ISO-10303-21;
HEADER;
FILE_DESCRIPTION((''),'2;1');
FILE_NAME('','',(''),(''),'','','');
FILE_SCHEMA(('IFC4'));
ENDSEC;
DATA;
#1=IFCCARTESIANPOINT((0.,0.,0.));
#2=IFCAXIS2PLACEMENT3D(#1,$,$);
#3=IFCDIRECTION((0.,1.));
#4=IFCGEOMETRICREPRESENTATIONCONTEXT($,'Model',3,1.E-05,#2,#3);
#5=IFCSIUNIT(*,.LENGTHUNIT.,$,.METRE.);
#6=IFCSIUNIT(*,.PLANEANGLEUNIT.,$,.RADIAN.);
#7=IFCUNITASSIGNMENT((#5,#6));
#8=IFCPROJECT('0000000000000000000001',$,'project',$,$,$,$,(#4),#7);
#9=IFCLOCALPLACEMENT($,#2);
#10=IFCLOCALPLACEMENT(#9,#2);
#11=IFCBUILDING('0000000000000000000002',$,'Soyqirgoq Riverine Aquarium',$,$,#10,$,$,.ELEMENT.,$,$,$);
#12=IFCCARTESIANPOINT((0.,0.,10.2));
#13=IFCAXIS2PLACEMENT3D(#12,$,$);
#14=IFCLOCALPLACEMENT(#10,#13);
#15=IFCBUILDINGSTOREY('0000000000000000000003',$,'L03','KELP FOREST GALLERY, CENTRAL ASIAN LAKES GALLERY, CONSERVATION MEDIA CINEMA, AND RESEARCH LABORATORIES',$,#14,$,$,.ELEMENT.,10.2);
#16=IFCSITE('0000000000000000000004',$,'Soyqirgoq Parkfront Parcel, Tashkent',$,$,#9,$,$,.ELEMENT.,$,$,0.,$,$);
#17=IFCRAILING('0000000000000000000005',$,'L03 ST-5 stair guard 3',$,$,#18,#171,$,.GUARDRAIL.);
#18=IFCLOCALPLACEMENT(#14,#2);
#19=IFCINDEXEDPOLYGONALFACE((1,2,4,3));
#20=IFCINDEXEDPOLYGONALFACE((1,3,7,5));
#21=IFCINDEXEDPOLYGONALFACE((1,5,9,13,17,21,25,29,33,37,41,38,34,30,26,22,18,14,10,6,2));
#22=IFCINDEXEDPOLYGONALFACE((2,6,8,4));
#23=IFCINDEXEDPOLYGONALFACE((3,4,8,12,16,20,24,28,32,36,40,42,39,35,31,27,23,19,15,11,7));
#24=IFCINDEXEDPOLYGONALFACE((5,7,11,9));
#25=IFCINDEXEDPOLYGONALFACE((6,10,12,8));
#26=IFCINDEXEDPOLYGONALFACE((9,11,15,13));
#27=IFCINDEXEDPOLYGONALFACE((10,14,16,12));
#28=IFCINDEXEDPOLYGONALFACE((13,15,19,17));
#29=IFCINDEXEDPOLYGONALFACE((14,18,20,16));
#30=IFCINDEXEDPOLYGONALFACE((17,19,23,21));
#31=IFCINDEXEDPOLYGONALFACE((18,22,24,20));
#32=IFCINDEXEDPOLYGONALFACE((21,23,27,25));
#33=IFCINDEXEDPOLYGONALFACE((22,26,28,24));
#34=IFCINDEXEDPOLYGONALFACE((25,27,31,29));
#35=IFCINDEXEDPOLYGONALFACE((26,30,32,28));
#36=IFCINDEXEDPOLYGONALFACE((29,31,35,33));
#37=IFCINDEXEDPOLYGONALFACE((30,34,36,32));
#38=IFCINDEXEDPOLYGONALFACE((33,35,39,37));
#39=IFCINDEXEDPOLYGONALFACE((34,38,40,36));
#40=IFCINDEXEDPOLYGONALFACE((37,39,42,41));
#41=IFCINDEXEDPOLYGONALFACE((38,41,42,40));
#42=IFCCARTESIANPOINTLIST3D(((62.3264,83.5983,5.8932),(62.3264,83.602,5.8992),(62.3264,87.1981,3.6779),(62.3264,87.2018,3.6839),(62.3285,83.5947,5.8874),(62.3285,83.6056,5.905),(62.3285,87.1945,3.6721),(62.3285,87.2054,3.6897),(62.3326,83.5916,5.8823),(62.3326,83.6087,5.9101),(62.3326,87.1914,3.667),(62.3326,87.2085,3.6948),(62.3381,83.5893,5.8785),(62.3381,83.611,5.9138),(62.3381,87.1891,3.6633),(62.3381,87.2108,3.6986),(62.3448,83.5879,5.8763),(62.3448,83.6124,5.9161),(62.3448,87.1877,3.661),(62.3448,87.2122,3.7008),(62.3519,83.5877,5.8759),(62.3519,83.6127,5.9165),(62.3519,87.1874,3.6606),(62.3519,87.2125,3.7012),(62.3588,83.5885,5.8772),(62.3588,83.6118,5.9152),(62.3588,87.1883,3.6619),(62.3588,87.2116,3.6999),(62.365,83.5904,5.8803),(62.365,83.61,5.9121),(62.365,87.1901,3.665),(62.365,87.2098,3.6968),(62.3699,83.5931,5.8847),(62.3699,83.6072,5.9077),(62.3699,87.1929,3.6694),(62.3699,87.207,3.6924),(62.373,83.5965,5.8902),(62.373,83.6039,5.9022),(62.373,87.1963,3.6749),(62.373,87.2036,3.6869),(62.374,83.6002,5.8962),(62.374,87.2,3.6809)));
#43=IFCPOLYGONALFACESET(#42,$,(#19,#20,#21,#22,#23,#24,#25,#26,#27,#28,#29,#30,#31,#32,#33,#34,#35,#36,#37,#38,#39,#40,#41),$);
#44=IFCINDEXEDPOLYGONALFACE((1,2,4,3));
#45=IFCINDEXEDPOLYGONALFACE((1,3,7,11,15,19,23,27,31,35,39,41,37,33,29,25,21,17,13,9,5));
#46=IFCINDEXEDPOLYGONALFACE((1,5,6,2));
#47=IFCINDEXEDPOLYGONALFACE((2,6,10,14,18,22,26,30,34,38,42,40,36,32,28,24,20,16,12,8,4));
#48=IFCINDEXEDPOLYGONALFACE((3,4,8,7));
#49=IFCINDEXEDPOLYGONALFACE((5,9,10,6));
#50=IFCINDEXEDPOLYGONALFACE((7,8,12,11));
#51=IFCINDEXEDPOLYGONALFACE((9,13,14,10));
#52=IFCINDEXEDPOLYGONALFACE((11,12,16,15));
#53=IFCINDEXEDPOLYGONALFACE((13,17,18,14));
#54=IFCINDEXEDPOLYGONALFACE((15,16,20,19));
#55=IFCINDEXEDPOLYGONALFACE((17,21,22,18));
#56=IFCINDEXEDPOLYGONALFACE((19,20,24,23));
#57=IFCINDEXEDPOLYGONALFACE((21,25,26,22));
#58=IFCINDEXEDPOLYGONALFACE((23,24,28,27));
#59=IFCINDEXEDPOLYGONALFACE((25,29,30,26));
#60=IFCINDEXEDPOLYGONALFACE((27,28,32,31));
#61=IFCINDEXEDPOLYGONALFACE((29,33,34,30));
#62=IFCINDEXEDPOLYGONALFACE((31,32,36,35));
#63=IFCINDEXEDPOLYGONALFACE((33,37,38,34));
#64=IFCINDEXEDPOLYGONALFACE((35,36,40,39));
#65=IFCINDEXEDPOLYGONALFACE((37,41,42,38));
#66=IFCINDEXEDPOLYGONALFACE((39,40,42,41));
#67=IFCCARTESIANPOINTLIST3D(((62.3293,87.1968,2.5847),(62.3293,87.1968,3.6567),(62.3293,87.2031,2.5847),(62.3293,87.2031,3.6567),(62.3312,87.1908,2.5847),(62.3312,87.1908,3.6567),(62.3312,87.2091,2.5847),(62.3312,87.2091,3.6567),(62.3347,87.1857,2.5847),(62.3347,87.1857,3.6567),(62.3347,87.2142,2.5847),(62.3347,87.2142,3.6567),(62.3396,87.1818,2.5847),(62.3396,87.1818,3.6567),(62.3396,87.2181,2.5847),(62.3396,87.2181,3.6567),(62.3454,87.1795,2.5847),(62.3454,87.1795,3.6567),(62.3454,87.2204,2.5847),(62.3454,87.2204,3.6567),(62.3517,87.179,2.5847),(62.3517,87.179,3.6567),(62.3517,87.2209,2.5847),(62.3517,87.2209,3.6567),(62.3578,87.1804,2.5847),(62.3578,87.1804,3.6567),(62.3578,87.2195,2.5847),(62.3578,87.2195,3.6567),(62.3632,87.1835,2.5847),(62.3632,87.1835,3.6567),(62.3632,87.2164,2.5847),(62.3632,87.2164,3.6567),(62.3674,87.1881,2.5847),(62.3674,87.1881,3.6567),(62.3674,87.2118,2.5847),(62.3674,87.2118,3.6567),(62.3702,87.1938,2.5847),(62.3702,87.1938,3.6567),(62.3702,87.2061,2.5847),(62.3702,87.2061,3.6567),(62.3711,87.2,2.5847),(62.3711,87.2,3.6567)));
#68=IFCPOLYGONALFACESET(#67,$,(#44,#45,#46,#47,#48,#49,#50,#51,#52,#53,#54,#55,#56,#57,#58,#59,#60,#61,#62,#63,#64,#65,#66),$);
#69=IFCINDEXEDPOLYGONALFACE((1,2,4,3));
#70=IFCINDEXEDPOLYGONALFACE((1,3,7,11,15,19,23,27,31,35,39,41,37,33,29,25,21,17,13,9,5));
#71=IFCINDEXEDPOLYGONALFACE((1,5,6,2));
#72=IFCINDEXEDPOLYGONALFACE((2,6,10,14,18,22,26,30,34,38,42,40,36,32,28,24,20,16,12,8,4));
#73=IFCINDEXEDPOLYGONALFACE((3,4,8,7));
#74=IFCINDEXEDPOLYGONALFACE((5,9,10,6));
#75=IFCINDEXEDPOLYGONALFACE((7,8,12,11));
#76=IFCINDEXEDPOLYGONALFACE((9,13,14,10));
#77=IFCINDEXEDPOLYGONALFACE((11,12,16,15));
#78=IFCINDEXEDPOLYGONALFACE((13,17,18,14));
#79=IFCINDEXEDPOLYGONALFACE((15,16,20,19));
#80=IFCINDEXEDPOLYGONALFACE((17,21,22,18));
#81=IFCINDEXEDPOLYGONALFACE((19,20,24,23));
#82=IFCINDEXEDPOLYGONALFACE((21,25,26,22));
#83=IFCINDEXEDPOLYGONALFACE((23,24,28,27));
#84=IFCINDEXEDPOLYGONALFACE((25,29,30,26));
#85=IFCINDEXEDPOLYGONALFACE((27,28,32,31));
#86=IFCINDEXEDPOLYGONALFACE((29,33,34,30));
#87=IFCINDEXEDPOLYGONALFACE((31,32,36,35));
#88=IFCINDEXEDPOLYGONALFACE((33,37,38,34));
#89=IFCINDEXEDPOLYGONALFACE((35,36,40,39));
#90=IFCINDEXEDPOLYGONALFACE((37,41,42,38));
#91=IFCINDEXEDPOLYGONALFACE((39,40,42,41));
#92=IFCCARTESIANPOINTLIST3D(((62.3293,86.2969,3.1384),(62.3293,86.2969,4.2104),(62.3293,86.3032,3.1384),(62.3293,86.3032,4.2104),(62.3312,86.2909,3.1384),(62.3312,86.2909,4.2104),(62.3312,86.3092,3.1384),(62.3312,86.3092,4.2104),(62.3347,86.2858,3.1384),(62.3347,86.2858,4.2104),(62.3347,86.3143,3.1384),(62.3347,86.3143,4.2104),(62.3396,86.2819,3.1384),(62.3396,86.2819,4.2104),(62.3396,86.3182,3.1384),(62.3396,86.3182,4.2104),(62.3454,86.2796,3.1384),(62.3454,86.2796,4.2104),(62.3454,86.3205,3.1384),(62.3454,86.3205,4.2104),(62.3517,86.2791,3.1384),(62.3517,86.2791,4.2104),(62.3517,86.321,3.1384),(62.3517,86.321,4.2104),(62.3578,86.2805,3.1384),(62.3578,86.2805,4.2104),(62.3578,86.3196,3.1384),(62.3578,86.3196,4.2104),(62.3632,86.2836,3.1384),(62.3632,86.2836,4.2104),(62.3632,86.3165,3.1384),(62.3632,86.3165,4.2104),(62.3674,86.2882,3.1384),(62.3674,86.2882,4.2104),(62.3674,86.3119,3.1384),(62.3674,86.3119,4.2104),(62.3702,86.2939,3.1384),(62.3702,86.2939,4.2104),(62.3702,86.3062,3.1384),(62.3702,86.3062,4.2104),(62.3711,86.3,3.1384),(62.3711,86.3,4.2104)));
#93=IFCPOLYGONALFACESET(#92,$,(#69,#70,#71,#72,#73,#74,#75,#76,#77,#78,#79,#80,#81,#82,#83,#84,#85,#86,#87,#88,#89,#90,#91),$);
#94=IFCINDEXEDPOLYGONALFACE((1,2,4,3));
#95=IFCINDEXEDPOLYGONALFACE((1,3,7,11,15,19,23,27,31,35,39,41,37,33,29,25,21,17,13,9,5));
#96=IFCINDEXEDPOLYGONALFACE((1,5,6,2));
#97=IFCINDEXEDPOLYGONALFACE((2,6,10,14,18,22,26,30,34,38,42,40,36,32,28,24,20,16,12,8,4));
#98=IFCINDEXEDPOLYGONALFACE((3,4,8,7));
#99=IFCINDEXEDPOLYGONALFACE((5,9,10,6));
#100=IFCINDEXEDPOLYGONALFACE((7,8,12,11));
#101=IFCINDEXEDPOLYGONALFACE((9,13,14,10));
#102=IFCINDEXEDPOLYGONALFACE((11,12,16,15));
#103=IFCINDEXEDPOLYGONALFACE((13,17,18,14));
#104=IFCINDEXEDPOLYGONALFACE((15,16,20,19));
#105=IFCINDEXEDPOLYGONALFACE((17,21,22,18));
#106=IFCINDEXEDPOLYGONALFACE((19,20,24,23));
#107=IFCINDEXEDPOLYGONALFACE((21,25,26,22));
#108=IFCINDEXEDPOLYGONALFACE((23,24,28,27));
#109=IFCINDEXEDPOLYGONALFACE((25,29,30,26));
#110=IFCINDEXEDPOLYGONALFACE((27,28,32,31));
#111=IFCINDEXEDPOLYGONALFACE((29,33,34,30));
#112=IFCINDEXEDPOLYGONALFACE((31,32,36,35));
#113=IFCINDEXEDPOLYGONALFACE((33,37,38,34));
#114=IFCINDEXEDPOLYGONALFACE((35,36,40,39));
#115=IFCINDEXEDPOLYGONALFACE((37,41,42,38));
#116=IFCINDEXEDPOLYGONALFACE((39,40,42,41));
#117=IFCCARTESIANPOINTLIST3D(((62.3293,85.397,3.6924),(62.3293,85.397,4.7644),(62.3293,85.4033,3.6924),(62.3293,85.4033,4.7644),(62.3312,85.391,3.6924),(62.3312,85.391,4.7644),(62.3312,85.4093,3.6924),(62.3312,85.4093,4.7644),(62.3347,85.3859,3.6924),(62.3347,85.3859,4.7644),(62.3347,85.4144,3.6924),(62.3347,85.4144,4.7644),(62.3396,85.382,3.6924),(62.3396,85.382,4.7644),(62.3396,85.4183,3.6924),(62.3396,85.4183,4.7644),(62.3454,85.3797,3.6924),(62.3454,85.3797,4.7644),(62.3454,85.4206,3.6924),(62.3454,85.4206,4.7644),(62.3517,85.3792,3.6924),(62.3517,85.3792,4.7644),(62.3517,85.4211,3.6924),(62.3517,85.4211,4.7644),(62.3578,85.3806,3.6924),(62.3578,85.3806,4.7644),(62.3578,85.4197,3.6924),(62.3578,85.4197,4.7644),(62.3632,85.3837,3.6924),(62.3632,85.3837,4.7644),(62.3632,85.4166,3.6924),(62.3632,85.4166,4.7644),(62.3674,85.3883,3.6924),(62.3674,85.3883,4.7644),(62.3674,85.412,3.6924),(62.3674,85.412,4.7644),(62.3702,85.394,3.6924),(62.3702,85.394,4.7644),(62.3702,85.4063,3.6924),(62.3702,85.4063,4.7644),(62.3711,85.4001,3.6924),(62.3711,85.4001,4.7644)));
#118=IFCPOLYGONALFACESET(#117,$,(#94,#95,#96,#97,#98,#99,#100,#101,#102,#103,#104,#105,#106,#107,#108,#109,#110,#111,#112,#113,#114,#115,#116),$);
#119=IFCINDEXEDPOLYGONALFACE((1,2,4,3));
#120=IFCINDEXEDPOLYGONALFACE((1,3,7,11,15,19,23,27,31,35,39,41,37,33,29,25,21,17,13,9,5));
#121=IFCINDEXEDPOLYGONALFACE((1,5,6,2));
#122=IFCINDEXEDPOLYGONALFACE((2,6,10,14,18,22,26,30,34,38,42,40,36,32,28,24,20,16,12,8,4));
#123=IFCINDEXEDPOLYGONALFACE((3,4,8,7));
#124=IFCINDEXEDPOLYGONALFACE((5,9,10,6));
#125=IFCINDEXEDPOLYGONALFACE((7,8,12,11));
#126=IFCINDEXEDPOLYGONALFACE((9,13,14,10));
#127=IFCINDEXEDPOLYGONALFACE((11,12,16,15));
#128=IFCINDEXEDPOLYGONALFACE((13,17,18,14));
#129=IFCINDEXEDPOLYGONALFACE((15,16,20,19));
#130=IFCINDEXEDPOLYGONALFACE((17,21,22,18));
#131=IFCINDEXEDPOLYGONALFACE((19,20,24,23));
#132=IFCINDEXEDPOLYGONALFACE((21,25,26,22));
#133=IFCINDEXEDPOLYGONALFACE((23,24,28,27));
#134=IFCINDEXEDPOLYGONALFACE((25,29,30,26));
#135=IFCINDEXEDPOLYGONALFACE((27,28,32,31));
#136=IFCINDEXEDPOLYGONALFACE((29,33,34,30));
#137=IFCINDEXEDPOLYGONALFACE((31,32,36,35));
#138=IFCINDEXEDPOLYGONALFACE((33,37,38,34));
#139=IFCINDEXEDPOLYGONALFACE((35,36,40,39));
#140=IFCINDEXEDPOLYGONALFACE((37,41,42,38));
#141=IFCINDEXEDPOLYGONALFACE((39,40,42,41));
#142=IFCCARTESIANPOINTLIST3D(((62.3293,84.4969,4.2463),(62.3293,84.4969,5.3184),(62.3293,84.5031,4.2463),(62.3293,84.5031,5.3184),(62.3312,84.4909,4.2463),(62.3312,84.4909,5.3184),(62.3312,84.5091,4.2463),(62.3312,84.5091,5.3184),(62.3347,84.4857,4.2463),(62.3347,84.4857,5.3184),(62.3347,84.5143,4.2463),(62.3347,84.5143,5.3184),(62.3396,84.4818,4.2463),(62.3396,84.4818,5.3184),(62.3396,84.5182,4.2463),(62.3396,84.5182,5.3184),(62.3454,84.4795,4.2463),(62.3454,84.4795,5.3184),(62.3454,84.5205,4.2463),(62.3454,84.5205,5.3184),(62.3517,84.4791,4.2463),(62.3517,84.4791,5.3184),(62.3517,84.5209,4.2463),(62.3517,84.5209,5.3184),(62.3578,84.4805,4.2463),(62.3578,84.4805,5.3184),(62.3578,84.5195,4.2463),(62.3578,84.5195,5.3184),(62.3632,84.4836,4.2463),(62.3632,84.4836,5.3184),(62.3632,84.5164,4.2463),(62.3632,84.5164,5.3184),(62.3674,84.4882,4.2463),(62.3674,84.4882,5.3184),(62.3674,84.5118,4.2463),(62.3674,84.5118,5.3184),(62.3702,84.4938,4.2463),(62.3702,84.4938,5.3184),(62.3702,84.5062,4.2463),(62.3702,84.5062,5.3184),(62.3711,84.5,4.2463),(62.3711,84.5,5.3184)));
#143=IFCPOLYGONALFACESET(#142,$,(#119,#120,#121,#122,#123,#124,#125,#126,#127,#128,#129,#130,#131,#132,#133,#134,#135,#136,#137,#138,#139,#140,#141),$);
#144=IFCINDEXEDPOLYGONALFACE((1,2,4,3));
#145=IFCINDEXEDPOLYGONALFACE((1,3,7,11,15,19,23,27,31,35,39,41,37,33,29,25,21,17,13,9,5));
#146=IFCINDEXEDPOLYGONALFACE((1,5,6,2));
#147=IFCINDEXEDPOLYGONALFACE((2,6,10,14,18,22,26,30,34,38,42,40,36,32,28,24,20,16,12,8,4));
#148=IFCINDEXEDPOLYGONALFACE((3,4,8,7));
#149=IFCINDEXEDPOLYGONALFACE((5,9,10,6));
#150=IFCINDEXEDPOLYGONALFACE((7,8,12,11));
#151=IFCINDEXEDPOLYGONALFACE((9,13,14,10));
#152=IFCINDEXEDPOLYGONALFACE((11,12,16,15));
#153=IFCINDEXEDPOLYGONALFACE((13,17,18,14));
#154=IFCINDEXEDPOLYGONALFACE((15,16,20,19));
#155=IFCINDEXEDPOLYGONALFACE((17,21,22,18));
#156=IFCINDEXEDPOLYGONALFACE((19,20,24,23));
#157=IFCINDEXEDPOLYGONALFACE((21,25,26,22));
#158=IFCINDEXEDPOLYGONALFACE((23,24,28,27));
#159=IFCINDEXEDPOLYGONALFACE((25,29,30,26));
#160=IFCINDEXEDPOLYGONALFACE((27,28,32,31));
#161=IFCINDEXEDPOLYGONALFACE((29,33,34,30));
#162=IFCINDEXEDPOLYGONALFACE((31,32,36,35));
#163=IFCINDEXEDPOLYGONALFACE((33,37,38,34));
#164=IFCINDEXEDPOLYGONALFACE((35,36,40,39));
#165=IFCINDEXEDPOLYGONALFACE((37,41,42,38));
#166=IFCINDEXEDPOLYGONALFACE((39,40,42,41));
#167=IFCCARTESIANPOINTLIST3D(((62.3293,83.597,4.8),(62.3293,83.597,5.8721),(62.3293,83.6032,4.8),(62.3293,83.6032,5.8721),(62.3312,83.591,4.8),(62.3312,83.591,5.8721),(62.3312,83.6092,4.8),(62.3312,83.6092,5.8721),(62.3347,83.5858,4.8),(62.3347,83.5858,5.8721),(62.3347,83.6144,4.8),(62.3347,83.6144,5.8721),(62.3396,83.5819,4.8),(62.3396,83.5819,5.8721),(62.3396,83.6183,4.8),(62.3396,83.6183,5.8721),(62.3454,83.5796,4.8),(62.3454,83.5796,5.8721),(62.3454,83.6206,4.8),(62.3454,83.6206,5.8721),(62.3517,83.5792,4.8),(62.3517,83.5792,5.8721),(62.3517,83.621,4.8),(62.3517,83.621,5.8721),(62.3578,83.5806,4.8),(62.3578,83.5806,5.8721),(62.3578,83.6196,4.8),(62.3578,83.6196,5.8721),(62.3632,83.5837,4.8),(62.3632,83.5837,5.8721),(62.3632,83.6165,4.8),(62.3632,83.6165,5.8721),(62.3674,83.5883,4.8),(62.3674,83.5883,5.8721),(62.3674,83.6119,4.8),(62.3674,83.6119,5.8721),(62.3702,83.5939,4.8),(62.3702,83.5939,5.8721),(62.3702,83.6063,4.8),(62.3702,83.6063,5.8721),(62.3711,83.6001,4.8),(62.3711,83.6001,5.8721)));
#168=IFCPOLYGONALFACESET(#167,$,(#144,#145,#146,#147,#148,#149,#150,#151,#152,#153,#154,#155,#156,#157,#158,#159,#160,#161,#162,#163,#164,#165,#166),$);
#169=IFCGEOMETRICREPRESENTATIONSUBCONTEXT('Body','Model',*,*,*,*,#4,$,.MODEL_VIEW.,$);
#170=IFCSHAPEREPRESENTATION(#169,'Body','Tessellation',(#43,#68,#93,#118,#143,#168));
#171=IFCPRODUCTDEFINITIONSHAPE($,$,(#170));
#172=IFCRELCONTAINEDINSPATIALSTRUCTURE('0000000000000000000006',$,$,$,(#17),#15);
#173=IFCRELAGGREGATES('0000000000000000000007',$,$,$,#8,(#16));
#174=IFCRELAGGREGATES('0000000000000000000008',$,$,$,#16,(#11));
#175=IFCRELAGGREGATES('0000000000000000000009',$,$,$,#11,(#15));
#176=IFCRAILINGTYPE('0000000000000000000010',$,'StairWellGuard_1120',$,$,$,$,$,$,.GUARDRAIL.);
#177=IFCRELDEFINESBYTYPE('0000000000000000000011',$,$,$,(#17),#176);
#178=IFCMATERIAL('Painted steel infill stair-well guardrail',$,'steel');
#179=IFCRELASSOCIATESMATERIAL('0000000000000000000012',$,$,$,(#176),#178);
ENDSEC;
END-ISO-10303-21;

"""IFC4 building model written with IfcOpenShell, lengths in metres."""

from ifc_helpers import new_model, si_unit, direction, frame, origin, origin_2d, place, context, subcontext, project, spatial, circle, extrude, material, type_object, element, save


model = new_model("IFC4")

# Units and contexts
model_context = context("Model", 3, precision=1e-05, world=origin(), true_north=direction((0.0, 1.0)))
body_context = subcontext(model_context, "Body", "Model", "MODEL_VIEW")
ifc_project = project(units=[si_unit("LENGTHUNIT", "METRE"), si_unit("PLANEANGLEUNIT", "RADIAN")], contexts=[model_context])

# Site, building, storey
site_placement = place(None, origin())
site = spatial("IfcSite", under=ifc_project, at=site_placement, Name="Soyqirgoq Parkfront Parcel, Tashkent", CompositionType="ELEMENT", RefElevation=0.0)
building_placement = place(site_placement, origin())
building = spatial("IfcBuilding", under=site, at=building_placement, Name="Soyqirgoq Riverine Aquarium", CompositionType="ELEMENT")
storey_placement = place(building_placement, frame((0.0, 0.0, 10.2)))
storey = spatial("IfcBuildingStorey", under=building, at=storey_placement, Name="L03", Description="KELP FOREST GALLERY, CENTRAL ASIAN LAKES GALLERY, CONSERVATION MEDIA CINEMA, AND RESEARCH LABORATORIES", CompositionType="ELEMENT", Elevation=10.2)

# Railing
ifc_material_1 = material(Name="Painted steel infill stair-well guardrail", Category="steel")
railing_type_1 = type_object("IfcRailingType", Name="StairWellGuard_1120", PredefinedType="GUARDRAIL", material=ifc_material_1)
railing_1_placement = place(storey_placement, frame((62.3501, 87.2, 2.5847)))
element("IfcRailing", 1, at=railing_1_placement, inside=storey, type_object=railing_type_1, Name="L03 ST-5 stair guard 3", PredefinedType="GUARDRAIL", context=body_context, shape_type="SweptSolid", body=[
    extrude(circle(Radius=0.0239, at=origin_2d()), frame((0.0, 0.0, 1.0962), z_axis=(0.0, -0.851654, 0.524104), x_axis=(1.0, 0.0, 0.0)), (0.0, 0.0, 1.0), 4.2268),
    extrude(circle(Radius=0.021, at=origin_2d()), origin(), (0.0, 0.0, 1.0), 1.072),
    extrude(circle(Radius=0.021, at=origin_2d()), frame((0.0, -0.8999, 0.5537)), (0.0, 0.0, 1.0), 1.072),
    extrude(circle(Radius=0.021, at=origin_2d()), frame((0.0, -1.7998, 1.1077)), (0.0, 0.0, 1.0), 1.072),
    extrude(circle(Radius=0.021, at=origin_2d()), frame((0.0, -2.7, 1.6616)), (0.0, 0.0, 1.0), 1.072),
    extrude(circle(Radius=0.021, at=origin_2d()), frame((0.0, -3.5999, 2.2153)), (0.0, 0.0, 1.0), 1.072),
])

save(model, "model.ifc")
